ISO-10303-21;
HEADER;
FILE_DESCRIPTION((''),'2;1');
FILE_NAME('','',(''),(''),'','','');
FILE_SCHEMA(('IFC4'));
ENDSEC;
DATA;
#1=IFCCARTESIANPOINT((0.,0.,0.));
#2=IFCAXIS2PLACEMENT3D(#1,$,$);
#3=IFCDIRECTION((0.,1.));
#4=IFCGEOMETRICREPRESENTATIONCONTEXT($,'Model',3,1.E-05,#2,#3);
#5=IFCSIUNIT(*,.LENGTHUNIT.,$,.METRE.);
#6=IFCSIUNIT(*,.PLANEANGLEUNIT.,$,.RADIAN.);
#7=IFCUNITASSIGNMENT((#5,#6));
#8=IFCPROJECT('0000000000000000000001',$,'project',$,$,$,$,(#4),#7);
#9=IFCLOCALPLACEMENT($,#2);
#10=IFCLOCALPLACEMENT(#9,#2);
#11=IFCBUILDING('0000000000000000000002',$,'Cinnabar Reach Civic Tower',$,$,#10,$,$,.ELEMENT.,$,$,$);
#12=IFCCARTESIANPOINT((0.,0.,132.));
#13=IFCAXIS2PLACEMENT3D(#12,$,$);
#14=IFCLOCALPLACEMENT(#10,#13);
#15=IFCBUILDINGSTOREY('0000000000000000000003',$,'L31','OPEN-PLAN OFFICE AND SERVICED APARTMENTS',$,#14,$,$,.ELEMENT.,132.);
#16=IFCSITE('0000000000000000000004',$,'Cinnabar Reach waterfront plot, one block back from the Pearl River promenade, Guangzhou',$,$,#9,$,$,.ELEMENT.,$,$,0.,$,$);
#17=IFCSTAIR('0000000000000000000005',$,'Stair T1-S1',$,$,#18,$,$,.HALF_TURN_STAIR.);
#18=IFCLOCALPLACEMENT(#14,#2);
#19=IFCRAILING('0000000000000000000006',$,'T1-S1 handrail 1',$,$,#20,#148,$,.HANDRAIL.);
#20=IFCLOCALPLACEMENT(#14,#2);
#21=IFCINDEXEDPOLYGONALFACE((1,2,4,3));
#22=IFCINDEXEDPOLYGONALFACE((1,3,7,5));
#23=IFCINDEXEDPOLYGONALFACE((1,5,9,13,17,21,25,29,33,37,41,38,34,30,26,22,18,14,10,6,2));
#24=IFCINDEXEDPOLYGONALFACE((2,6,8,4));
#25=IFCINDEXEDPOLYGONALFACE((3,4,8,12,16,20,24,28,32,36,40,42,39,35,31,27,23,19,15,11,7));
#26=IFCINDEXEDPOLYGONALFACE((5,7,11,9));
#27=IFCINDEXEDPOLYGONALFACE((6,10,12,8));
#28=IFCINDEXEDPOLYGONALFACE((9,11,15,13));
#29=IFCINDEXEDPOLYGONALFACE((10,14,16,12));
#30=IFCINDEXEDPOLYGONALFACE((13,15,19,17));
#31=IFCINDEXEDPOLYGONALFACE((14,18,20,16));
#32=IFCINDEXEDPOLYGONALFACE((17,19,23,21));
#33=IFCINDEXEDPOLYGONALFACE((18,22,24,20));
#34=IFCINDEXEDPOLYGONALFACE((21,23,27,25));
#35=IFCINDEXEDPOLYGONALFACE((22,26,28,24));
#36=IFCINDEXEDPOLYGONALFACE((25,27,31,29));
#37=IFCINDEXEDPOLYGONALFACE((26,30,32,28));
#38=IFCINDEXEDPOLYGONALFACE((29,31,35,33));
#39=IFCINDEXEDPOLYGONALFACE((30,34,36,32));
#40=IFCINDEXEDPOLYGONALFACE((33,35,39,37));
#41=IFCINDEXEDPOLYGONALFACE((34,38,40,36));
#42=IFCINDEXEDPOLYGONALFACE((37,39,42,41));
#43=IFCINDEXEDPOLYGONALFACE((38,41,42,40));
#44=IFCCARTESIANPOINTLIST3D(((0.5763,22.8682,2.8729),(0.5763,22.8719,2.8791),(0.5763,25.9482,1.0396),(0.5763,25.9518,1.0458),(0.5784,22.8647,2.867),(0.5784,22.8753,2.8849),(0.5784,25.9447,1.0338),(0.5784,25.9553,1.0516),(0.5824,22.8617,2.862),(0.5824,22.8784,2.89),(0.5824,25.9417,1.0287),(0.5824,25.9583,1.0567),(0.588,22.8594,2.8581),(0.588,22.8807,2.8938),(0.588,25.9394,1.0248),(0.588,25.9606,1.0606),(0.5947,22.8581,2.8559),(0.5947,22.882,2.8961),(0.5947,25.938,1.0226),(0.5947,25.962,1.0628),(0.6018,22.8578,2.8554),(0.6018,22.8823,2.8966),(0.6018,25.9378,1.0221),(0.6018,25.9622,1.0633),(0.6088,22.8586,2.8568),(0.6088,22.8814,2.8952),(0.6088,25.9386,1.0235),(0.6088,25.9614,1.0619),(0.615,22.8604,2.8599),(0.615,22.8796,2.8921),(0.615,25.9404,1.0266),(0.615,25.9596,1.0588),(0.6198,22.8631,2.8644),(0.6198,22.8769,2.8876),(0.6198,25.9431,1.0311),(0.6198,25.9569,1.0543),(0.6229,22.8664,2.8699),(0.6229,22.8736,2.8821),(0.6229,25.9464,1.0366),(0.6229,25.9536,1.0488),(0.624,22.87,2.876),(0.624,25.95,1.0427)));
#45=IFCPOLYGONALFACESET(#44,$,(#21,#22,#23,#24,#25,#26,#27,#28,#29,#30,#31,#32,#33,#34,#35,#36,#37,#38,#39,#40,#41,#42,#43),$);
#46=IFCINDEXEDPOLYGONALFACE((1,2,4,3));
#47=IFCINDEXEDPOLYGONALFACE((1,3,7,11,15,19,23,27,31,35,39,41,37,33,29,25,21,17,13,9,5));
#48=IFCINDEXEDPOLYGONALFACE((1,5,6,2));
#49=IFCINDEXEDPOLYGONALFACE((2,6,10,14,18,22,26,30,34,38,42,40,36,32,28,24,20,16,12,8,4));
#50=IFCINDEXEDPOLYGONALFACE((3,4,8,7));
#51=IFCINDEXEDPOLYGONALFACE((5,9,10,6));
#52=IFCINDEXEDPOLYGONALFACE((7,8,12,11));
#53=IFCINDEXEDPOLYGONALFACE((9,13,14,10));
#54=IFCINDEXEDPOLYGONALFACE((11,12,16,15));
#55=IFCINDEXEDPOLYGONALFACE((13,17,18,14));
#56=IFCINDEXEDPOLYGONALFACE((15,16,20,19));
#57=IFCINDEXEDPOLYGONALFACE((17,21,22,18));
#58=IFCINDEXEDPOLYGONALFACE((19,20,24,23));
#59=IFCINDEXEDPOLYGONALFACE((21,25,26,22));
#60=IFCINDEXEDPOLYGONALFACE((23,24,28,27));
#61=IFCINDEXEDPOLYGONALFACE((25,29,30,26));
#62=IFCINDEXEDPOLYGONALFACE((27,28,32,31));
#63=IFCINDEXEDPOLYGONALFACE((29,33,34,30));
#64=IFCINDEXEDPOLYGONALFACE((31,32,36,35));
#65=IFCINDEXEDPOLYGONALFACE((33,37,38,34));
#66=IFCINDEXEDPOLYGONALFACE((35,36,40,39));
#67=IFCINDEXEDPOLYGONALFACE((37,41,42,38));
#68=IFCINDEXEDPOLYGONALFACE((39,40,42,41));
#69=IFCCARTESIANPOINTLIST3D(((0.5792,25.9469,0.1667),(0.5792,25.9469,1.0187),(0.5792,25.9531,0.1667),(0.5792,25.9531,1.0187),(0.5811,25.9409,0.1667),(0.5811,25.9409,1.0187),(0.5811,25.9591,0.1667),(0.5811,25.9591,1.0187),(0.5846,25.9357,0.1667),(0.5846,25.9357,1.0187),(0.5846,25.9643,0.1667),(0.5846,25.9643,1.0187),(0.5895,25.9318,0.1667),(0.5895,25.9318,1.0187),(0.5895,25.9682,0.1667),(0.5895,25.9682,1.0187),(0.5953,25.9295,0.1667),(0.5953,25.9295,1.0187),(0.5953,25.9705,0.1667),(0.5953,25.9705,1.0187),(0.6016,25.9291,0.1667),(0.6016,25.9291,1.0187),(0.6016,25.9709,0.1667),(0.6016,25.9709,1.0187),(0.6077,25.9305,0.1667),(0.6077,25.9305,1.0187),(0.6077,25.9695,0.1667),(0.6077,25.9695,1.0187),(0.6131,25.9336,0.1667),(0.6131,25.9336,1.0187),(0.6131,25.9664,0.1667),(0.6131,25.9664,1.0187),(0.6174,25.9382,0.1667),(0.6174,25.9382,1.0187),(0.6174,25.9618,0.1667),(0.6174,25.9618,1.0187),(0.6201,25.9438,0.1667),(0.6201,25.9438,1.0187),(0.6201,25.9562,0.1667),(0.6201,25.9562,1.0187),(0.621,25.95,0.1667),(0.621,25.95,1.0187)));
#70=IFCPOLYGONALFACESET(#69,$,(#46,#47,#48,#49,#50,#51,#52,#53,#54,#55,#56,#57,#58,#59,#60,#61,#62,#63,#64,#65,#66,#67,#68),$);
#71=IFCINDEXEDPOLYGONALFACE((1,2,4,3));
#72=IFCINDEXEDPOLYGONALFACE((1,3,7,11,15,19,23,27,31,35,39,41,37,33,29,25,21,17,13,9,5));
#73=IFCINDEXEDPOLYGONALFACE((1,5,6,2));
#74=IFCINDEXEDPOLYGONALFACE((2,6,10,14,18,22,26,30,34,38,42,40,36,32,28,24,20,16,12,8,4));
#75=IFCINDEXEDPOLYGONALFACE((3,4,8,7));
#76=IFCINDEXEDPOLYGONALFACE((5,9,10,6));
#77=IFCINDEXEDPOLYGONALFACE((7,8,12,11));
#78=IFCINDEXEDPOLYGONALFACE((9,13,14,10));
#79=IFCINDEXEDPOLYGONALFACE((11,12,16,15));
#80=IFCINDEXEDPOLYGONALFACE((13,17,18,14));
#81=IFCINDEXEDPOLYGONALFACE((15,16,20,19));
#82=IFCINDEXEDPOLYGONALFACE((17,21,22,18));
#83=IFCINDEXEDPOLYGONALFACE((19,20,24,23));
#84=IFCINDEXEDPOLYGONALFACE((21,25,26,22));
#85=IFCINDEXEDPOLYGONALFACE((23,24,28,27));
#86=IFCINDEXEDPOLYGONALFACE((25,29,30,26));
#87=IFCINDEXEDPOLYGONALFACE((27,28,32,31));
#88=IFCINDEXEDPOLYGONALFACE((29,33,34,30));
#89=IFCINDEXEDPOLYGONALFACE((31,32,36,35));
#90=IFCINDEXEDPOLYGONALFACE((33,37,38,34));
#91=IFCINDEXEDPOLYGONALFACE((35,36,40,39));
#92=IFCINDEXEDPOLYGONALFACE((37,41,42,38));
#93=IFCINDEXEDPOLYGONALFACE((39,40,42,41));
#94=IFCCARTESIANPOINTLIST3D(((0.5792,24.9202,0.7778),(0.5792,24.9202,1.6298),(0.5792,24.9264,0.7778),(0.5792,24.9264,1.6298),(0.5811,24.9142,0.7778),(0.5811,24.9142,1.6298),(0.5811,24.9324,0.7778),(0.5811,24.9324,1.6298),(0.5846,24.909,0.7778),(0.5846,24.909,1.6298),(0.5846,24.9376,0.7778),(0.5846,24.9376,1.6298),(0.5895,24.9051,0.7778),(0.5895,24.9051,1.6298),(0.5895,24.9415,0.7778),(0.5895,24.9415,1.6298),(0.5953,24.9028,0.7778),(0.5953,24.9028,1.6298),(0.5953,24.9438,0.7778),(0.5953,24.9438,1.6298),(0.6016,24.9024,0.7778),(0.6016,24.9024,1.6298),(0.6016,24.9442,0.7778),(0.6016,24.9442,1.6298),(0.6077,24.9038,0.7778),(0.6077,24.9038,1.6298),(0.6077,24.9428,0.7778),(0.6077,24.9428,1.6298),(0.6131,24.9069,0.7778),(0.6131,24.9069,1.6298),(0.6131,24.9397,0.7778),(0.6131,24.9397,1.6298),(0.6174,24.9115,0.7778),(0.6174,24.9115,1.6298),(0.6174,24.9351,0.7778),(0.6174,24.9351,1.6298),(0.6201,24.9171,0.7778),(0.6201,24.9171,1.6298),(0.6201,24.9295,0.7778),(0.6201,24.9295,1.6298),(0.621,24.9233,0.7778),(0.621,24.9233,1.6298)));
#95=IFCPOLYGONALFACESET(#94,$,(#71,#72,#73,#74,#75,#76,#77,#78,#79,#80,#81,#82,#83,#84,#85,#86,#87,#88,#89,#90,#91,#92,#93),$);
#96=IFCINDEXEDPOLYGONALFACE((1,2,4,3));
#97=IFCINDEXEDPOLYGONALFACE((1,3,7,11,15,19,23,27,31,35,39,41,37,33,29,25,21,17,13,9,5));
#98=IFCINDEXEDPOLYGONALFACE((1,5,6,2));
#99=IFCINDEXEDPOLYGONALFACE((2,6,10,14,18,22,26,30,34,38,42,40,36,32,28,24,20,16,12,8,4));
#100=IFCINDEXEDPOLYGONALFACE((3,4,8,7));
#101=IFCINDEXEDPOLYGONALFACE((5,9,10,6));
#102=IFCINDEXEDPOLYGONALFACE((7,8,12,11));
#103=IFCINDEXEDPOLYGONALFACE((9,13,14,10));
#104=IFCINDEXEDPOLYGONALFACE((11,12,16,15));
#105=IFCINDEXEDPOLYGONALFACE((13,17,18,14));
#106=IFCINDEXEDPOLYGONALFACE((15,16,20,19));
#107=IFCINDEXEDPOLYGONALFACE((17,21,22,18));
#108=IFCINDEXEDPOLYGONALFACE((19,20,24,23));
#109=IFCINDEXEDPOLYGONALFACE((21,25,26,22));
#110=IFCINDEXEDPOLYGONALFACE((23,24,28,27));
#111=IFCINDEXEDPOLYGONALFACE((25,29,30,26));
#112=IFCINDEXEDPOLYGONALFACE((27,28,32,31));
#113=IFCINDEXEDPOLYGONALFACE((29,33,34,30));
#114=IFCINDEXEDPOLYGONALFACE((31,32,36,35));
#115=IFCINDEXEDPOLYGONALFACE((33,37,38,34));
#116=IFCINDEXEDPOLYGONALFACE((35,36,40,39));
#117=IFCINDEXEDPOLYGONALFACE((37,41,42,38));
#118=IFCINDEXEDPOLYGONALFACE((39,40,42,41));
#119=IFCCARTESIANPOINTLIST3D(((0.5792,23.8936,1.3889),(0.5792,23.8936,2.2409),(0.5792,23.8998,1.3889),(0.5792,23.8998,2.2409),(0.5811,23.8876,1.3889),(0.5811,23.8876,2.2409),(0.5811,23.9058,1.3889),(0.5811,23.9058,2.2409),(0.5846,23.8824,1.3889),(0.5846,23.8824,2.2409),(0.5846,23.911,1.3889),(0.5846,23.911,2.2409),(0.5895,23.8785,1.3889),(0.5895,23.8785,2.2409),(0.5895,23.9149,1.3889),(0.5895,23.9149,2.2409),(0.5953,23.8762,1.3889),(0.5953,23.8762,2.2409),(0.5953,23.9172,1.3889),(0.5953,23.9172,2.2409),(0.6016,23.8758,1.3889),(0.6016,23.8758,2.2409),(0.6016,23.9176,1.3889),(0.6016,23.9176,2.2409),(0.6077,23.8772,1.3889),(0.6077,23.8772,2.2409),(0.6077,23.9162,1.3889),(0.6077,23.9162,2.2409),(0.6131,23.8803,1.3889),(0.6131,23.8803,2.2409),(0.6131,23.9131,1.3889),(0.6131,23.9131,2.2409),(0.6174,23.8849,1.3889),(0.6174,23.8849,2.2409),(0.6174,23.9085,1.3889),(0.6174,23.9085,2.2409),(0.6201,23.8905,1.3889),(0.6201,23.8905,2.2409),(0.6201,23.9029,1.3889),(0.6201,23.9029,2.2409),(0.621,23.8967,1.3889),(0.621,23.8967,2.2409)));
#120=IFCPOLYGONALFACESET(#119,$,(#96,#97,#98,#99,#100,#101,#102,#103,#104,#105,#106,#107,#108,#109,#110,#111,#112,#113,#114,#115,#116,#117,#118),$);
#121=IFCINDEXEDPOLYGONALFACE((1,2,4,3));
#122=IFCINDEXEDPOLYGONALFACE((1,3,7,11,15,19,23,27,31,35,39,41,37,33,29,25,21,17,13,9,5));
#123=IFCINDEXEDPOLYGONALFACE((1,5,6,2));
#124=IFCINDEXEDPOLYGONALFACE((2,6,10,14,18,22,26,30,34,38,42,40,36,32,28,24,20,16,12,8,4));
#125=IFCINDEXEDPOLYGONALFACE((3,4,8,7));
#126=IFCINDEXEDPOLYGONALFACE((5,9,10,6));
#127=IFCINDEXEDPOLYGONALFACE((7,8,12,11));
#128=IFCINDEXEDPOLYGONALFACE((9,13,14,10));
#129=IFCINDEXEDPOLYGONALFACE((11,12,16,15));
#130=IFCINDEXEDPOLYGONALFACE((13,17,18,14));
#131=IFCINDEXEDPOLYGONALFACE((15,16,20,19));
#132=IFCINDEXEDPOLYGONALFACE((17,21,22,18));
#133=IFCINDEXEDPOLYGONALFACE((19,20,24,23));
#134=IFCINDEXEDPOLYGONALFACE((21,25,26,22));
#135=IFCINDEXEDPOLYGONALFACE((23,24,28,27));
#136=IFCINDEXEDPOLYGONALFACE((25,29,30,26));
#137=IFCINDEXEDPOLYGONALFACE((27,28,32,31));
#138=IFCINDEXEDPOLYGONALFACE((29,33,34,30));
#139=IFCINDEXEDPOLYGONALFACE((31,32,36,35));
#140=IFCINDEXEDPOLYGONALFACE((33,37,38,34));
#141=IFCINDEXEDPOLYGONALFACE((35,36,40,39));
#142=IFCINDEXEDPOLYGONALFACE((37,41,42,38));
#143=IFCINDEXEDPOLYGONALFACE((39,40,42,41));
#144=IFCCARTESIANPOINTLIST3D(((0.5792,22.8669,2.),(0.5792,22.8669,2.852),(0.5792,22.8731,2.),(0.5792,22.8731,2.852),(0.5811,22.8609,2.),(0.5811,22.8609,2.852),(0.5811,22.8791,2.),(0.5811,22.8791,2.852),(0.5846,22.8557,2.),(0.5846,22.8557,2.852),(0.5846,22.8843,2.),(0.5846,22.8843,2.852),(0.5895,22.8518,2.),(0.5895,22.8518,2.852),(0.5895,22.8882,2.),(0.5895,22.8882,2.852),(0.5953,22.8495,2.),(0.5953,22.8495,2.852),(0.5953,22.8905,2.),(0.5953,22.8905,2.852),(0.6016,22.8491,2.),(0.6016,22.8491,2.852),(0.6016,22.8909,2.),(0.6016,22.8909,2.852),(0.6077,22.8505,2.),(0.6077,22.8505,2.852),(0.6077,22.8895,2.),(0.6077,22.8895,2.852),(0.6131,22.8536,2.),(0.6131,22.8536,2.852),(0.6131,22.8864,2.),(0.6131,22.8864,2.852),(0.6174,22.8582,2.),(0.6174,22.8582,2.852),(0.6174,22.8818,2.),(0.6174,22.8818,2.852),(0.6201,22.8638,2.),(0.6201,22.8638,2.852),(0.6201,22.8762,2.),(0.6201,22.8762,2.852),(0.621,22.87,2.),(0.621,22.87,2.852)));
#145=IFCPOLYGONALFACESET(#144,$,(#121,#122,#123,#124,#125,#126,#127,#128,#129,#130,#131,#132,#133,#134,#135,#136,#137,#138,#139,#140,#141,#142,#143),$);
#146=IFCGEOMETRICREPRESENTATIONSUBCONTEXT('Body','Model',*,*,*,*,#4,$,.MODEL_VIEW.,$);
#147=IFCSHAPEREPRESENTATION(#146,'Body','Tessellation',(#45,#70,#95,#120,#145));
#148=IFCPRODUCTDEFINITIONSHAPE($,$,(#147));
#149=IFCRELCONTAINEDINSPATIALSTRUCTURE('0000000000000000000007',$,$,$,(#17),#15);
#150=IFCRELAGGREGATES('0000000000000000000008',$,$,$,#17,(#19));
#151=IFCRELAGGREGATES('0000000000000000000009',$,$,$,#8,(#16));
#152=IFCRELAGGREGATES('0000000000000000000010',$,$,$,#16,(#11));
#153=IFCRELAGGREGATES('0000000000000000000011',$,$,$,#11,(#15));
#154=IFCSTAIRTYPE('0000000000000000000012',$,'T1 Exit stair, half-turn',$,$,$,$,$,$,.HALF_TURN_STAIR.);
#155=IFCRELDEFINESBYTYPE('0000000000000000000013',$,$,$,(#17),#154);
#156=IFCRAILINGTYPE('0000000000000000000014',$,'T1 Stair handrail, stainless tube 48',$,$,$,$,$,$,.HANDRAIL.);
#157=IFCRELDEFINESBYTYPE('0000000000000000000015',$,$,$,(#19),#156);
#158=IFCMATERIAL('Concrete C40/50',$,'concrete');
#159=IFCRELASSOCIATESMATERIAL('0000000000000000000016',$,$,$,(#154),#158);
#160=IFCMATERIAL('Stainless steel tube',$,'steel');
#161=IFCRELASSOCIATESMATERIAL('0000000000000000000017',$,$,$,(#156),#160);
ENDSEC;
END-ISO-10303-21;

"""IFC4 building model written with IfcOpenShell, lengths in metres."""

from ifc_helpers import new_model, si_unit, direction, frame, origin, origin_2d, place, context, subcontext, project, spatial, circle, extrude, material, type_object, element, aggregate, save


model = new_model("IFC4")

# Units and contexts
model_context = context("Model", 3, precision=1e-05, world=origin(), true_north=direction((0.0, 1.0)))
body_context = subcontext(model_context, "Body", "Model", "MODEL_VIEW")
ifc_project = project(units=[si_unit("LENGTHUNIT", "METRE"), si_unit("PLANEANGLEUNIT", "RADIAN")], contexts=[model_context])

# Site, building, storey
site_placement = place(None, origin())
site = spatial("IfcSite", under=ifc_project, at=site_placement, Name="Cinnabar Reach waterfront plot, one block back from the Pearl River promenade, Guangzhou", CompositionType="ELEMENT", RefElevation=0.0)
building_placement = place(site_placement, origin())
building = spatial("IfcBuilding", under=site, at=building_placement, Name="Cinnabar Reach Civic Tower", CompositionType="ELEMENT")
storey_placement = place(building_placement, frame((0.0, 0.0, 132.0)))
storey = spatial("IfcBuildingStorey", under=building, at=storey_placement, Name="L31", Description="OPEN-PLAN OFFICE AND SERVICED APARTMENTS", CompositionType="ELEMENT", Elevation=132.0)

# Stair, railing
ifc_material_1 = material(Name="Concrete C40/50", Category="concrete")
stair_type = type_object("IfcStairType", Name="T1 Exit stair, half-turn", PredefinedType="HALF_TURN_STAIR", material=ifc_material_1)
stair_placement = place(storey_placement, origin())
stair = element("IfcStair", 1, at=stair_placement, inside=storey, type_object=stair_type, Name="Stair T1-S1", PredefinedType="HALF_TURN_STAIR")
ifc_material_2 = material(Name="Stainless steel tube", Category="steel")
railing_type = type_object("IfcRailingType", Name="T1 Stair handrail, stainless tube 48", PredefinedType="HANDRAIL", material=ifc_material_2)
railing_1_placement = place(storey_placement, frame((0.6, 25.95, 0.1667)))
railing_1 = element("IfcRailing", 2, at=railing_1_placement, type_object=railing_type, Name="T1-S1 handrail 1", PredefinedType="HANDRAIL", context=body_context, shape_type="SweptSolid", body=[
    extrude(circle(Radius=0.024, at=origin_2d()), frame((0.0, 0.0, 0.876), z_axis=(0.0, -0.859297, 0.511477), x_axis=(1.0, 0.0, 0.0)), (0.0, 0.0, 1.0), 3.5843),
    extrude(circle(Radius=0.021, at=origin_2d()), origin(), (0.0, 0.0, 1.0), 0.852),
    extrude(circle(Radius=0.021, at=origin_2d()), frame((0.0, -1.0267, 0.6111)), (0.0, 0.0, 1.0), 0.852),
    extrude(circle(Radius=0.021, at=origin_2d()), frame((0.0, -2.0533, 1.2222)), (0.0, 0.0, 1.0), 0.852),
    extrude(circle(Radius=0.021, at=origin_2d()), frame((0.0, -3.08, 1.8333)), (0.0, 0.0, 1.0), 0.852),
])
aggregate(stair, [railing_1])

save(model, "model.ifc")
